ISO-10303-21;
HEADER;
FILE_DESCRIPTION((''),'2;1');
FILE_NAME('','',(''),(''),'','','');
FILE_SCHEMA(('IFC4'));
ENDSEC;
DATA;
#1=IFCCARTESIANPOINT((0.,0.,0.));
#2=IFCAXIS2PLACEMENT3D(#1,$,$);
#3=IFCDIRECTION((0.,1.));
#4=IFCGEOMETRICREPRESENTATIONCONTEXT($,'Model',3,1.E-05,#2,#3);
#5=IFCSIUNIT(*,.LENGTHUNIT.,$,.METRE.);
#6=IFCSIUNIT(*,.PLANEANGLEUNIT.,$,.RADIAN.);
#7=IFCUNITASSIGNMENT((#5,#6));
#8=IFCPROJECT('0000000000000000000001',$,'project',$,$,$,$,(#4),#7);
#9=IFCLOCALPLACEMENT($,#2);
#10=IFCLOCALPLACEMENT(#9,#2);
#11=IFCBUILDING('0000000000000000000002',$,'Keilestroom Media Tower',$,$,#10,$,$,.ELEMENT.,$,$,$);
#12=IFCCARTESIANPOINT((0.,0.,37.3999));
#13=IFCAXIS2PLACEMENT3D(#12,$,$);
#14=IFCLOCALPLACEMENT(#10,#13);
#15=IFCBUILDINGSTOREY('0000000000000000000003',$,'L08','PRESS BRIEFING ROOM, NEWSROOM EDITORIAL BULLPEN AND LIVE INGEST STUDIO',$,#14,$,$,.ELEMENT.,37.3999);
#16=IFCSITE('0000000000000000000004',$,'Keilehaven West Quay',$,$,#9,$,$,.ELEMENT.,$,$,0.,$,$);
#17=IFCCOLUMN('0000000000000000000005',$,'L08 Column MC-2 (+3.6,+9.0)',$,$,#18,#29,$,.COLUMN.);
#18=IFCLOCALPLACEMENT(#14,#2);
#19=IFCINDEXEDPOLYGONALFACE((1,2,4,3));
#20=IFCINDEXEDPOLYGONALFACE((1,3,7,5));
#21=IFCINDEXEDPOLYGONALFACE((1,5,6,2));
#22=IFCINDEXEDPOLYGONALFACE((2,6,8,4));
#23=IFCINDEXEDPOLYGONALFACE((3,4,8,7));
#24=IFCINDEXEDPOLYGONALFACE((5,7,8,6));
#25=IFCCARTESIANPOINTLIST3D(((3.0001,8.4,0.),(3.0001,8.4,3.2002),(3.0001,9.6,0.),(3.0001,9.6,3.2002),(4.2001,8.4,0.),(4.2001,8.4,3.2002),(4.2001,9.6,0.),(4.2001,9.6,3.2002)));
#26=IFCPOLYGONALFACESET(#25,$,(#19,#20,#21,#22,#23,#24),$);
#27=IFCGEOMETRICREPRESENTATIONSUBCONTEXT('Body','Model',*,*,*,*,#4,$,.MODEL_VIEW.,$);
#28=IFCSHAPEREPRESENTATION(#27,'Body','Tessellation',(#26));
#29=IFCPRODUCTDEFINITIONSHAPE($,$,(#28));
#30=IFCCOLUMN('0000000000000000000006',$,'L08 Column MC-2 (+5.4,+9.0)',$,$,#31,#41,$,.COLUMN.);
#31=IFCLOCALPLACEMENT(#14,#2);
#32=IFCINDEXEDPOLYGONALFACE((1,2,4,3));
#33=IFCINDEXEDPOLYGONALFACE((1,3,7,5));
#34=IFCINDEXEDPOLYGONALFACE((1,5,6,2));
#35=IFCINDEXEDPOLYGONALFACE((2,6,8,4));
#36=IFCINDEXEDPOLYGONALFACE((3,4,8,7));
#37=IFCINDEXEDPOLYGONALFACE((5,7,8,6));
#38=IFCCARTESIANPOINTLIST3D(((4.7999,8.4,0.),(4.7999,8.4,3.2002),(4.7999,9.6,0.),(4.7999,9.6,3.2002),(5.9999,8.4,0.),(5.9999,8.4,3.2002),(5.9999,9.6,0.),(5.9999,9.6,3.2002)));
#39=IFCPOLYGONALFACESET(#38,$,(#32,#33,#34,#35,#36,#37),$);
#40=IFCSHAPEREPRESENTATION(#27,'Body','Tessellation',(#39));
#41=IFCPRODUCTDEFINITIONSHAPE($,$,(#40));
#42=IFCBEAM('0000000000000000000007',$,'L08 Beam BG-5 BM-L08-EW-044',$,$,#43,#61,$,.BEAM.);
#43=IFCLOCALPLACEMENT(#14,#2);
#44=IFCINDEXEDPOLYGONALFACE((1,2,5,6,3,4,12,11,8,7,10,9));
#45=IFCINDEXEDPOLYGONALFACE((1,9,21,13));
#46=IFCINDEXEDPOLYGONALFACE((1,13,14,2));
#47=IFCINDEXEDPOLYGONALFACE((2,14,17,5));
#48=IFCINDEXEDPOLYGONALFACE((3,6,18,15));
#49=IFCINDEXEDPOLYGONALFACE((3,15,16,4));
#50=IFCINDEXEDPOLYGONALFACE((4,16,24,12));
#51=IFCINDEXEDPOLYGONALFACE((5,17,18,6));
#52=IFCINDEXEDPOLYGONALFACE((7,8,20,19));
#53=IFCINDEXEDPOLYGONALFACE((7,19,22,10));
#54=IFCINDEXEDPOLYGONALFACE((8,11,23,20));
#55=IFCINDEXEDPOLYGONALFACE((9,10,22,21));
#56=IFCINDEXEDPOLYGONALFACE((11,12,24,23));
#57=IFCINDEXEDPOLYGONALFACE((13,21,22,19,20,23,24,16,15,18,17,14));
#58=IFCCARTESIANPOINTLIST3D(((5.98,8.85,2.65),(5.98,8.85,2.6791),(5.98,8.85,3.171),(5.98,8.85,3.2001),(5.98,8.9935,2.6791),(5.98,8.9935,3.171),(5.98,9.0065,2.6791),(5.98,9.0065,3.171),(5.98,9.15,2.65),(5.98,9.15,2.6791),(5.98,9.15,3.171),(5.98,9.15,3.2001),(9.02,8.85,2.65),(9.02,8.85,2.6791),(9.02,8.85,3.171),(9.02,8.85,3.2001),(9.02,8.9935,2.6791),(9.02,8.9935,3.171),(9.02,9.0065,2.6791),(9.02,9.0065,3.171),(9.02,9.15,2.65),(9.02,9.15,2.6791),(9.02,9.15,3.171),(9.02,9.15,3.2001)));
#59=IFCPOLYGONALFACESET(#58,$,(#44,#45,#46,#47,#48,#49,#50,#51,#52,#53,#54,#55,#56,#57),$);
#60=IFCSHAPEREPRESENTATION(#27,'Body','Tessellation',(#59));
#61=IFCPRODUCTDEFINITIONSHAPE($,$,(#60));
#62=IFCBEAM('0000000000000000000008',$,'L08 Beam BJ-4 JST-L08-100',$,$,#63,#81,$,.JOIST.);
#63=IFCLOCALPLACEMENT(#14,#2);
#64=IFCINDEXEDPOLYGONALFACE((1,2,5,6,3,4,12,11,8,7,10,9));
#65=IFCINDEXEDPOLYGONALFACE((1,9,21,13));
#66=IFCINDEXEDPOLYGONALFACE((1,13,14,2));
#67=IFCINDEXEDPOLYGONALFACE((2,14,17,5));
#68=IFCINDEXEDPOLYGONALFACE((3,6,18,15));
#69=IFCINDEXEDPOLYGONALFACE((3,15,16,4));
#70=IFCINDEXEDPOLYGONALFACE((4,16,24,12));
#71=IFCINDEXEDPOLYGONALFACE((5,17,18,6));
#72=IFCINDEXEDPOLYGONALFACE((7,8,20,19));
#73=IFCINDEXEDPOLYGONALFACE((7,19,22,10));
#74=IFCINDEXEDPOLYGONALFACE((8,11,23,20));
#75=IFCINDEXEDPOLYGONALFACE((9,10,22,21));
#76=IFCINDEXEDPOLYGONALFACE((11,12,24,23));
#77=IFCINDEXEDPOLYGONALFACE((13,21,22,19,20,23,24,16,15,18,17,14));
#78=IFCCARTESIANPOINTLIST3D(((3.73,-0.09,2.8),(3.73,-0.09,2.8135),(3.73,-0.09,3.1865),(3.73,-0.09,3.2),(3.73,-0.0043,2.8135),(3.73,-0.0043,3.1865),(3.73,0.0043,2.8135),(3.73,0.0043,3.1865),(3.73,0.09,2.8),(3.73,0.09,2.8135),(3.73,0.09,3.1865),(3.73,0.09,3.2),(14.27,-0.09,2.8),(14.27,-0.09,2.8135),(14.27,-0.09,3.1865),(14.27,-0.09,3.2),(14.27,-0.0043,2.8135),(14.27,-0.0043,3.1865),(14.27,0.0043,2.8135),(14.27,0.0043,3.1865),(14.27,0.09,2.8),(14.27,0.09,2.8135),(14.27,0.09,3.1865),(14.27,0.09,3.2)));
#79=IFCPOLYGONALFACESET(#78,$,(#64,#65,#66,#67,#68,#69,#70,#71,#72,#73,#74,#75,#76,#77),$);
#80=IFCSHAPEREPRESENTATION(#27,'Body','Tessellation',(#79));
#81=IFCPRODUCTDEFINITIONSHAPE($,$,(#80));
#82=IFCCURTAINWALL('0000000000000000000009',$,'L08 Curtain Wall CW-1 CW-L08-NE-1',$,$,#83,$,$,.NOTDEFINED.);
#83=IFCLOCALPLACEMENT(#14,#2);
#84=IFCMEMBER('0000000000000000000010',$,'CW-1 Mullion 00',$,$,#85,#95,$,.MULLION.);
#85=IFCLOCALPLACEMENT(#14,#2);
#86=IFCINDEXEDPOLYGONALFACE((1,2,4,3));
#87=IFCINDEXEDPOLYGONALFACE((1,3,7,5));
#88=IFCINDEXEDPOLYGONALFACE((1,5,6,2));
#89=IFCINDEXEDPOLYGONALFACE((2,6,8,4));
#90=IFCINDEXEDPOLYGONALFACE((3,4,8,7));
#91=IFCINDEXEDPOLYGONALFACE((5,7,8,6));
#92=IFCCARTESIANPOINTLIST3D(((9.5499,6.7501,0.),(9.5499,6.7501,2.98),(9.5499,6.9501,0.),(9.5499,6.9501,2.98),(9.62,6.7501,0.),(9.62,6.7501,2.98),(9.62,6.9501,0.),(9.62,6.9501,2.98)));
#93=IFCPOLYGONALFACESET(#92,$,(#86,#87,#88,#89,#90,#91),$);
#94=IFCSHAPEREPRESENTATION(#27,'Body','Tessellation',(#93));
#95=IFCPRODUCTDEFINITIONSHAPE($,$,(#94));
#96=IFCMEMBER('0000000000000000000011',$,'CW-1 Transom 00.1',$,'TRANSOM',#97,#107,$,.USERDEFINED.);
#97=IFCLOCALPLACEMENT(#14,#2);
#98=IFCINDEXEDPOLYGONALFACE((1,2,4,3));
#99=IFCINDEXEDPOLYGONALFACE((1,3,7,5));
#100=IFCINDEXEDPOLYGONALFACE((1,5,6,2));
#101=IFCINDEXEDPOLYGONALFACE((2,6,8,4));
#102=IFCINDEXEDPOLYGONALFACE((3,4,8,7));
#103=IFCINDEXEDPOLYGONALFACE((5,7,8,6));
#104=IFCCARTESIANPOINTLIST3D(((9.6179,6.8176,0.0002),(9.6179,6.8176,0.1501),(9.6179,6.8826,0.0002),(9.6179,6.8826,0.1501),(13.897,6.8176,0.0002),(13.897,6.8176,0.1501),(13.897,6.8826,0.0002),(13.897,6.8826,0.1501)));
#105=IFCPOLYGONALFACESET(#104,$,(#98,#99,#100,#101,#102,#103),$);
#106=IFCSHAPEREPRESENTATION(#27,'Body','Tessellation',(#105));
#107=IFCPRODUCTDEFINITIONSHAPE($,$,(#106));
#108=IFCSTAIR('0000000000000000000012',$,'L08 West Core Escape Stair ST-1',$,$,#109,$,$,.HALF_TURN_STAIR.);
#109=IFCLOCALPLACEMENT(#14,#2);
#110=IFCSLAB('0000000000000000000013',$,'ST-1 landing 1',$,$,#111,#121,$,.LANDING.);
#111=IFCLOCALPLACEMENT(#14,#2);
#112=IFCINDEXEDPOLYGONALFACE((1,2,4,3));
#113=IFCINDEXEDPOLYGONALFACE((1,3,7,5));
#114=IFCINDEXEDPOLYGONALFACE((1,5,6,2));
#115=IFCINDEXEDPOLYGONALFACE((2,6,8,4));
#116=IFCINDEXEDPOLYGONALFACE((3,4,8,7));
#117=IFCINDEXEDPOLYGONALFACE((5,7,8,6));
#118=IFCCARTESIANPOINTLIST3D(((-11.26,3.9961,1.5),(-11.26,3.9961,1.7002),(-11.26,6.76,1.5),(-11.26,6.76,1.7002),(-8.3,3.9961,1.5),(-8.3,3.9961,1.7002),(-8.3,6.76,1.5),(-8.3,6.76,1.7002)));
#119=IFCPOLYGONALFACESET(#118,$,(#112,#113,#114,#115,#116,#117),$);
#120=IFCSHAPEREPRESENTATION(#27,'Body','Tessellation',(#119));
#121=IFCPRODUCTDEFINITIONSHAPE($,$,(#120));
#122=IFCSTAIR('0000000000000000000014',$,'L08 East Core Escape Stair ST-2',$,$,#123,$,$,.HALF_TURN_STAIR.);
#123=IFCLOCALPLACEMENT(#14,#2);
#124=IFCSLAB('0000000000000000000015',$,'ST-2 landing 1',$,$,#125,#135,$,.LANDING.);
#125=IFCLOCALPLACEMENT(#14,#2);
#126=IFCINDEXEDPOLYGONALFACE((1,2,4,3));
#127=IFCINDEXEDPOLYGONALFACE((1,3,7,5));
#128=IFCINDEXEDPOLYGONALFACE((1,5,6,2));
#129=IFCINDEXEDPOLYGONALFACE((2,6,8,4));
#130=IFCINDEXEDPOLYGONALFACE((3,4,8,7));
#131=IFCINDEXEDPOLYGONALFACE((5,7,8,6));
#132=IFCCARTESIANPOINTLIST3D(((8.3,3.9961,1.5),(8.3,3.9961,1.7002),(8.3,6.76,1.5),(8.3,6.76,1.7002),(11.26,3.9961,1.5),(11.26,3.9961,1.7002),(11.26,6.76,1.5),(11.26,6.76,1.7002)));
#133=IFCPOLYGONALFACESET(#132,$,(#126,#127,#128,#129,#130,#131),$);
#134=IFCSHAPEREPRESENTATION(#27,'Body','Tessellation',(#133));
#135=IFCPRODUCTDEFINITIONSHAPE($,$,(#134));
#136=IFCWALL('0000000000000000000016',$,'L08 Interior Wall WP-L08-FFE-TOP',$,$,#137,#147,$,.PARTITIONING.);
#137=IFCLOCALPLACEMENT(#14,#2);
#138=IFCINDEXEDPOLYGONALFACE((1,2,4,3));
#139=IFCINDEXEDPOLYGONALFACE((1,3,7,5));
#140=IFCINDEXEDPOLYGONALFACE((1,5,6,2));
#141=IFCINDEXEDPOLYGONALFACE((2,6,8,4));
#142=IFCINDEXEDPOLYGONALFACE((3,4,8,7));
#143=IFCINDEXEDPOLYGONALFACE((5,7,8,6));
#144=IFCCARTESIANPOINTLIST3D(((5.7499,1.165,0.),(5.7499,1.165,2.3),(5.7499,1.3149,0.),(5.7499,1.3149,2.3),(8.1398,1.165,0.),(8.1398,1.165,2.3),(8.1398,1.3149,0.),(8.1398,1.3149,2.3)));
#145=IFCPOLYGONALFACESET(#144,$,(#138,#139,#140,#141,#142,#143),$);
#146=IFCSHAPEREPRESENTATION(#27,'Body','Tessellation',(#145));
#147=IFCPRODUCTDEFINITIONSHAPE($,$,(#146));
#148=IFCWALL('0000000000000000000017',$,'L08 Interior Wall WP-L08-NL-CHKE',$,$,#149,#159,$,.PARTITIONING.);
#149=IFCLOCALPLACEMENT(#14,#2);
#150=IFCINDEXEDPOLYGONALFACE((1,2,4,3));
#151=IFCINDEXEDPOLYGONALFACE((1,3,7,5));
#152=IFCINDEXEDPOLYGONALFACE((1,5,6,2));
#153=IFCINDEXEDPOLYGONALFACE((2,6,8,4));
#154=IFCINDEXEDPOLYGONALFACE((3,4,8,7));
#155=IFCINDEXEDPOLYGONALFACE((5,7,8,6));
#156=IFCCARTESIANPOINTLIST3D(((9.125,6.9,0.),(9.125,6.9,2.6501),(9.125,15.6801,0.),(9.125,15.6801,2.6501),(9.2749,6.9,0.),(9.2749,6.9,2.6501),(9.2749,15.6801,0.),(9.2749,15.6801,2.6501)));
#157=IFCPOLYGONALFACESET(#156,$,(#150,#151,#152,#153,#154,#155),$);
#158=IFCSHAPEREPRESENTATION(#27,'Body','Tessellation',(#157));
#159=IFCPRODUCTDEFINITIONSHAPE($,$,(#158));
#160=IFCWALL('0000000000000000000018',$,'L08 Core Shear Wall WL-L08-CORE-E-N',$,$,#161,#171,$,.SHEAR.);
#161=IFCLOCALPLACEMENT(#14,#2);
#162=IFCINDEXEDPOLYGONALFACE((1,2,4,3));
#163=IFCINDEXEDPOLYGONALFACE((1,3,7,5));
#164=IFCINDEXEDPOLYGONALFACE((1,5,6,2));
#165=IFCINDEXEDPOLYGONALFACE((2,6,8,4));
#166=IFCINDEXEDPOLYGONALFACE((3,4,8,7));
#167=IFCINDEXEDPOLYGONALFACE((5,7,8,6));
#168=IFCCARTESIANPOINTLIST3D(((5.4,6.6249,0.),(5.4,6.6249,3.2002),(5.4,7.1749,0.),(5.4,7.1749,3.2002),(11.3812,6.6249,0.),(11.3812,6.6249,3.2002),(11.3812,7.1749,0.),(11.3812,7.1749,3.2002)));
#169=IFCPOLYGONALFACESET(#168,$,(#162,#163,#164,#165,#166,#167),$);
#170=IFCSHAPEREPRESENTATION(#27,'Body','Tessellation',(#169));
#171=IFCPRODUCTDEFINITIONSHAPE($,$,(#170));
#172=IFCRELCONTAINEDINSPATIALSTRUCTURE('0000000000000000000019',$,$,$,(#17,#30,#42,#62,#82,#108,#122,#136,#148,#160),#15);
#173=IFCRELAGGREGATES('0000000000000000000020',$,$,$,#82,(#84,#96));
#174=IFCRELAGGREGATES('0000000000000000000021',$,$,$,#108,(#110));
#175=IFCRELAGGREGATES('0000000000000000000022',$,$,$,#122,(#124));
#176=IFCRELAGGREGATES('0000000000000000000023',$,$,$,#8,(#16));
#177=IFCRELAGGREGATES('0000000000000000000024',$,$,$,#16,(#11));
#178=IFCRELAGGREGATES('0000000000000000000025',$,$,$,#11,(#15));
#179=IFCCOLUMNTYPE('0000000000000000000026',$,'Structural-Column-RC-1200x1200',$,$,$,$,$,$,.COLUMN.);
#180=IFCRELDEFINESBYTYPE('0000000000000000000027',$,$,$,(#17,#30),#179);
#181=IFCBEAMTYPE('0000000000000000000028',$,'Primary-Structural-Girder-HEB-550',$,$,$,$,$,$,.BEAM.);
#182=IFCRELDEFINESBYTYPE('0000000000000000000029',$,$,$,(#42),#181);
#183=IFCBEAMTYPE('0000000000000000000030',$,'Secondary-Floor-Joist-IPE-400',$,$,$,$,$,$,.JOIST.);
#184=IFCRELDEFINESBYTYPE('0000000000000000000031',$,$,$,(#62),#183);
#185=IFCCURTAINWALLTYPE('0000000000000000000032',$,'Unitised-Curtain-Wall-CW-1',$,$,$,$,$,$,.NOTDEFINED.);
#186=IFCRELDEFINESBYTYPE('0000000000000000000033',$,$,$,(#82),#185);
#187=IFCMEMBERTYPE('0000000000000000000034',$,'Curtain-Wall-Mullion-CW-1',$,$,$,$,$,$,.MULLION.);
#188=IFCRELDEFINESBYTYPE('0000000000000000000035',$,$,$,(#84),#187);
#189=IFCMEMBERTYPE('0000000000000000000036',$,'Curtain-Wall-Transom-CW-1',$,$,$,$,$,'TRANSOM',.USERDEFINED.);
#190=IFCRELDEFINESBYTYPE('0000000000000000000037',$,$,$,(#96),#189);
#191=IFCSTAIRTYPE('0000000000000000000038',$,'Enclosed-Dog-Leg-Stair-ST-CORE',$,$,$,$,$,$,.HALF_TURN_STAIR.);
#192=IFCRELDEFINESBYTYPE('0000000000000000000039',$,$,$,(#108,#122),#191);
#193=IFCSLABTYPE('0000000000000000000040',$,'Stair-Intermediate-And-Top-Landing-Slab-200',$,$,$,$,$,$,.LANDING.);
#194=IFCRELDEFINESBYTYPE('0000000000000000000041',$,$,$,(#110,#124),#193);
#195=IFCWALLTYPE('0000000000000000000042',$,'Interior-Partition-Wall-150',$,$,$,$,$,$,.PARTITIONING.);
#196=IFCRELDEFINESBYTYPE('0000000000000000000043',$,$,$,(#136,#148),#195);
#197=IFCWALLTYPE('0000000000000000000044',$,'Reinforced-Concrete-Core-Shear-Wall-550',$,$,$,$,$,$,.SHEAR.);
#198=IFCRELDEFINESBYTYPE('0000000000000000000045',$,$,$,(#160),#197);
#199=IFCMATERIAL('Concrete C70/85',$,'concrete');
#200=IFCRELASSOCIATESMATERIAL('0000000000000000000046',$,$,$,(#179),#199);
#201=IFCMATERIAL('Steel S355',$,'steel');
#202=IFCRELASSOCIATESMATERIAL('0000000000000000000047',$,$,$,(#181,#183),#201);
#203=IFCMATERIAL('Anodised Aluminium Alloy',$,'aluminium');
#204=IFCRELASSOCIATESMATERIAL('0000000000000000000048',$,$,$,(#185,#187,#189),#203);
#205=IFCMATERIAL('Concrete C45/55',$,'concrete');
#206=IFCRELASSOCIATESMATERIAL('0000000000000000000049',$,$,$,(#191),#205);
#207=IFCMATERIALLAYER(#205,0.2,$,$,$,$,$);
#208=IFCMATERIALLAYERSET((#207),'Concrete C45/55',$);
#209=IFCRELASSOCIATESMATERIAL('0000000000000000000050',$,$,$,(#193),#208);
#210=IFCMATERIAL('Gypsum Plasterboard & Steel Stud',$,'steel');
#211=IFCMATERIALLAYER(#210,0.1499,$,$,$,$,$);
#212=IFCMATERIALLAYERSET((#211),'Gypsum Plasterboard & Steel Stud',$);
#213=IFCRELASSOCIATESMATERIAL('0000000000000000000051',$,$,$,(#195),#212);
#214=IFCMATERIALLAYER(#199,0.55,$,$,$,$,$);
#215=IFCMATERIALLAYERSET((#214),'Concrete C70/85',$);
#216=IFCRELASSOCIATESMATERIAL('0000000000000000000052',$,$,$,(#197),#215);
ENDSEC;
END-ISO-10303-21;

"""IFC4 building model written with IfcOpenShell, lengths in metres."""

from ifc_helpers import new_model, si_unit, direction, frame, frame_2d, origin, origin_2d, place, context, subcontext, project, spatial, polyline, rectangle, i_section, outline, extrude, source, transform, mapped, material, layer, layer_set, material_profile, profile_set, type_object, element, aggregate, save


model = new_model("IFC4")

# Units and contexts
model_context = context("Model", 3, precision=1e-05, world=origin(), true_north=direction((0.0, 1.0)))
body_context = subcontext(model_context, "Body", "Model", "MODEL_VIEW")
ifc_project = project(units=[si_unit("LENGTHUNIT", "METRE"), si_unit("PLANEANGLEUNIT", "RADIAN")], contexts=[model_context])

# Site, building, storey
site_placement = place(None, origin())
site = spatial("IfcSite", under=ifc_project, at=site_placement, Name="Keilehaven West Quay", CompositionType="ELEMENT", RefElevation=0.0)
building_placement = place(site_placement, origin())
building = spatial("IfcBuilding", under=site, at=building_placement, Name="Keilestroom Media Tower", CompositionType="ELEMENT")
storey_placement = place(building_placement, frame((0.0, 0.0, 37.3999)))
storey = spatial("IfcBuildingStorey", under=building, at=storey_placement, Name="L08", Description="PRESS BRIEFING ROOM, NEWSROOM EDITORIAL BULLPEN AND LIVE INGEST STUDIO", CompositionType="ELEMENT", Elevation=37.3999)

# Columns
ifc_material_1 = material(Name="Concrete C70/85", Category="concrete")
ifc_material_profile_1 = material_profile(ifc_material_1, rectangle(XDim=1.2, YDim=1.2, at=origin_2d()), Name="RC 1200x1200")
ifc_profile_set_1 = profile_set([ifc_material_profile_1], Name="Concrete C70/85")
column_type = type_object("IfcColumnType", Name="Structural-Column-RC-1200x1200", PredefinedType="COLUMN", material=ifc_profile_set_1)
shared_shape_1 = source(origin(), body_context, "Body", "SweptSolid", [
    extrude(rectangle(XDim=1.2, YDim=1.2, at=origin_2d()), origin(), (0.0, 0.0, 1.0), 3.2002),
])
for number, where, z_axis, x_axis, name in (
    (1, (3.6001, 9.0, 0.0), (0.0, 0.0, 1.0), (1.0, 0.0, 0.0), "L08 Column MC-2 (+3.6,+9.0)"),
    (2, (5.3999, 9.0, 0.0), (0.0, 0.0, 1.0), (1.0, 0.0, 0.0), "L08 Column MC-2 (+5.4,+9.0)"),
):
    element("IfcColumn", number, at=place(storey_placement, frame(where, z_axis=z_axis, x_axis=x_axis)), inside=storey, type_object=column_type, Name=name, PredefinedType="COLUMN", context=body_context, shape_type="MappedRepresentation", body=[
        mapped(shared_shape_1, transform((0.0, 0.0, 0.0), x_axis=(1.0, 0.0, 0.0), y_axis=(0.0, 1.0, 0.0), z_axis=(0.0, 0.0, 1.0), scale=1.0)),
    ])

# Beams
ifc_material_2 = material(Name="Steel S355", Category="steel")
ifc_material_profile_2 = material_profile(ifc_material_2, i_section(OverallWidth=0.3, OverallDepth=0.55, WebThickness=0.0129, FlangeThickness=0.0291, at=origin_2d()), Name="HEB 550")
ifc_profile_set_2 = profile_set([ifc_material_profile_2], Name="Steel S355")
beam_type_1 = type_object("IfcBeamType", Name="Primary-Structural-Girder-HEB-550", PredefinedType="BEAM", material=ifc_profile_set_2)
shared_shape_2 = source(origin(), body_context, "Body", "SweptSolid", [
    extrude(i_section(OverallWidth=0.3, OverallDepth=0.55, WebThickness=0.0129, FlangeThickness=0.0291, at=origin_2d()), origin(), (0.0, 0.0, 1.0), 3.04),
])
beam_1_placement = place(storey_placement, frame((5.98, 9.0, 2.925), z_axis=(1.0, 0.0, 0.0), x_axis=(0.0, 1.0, 0.0)))
element("IfcBeam", 3, at=beam_1_placement, inside=storey, type_object=beam_type_1, Name="L08 Beam BG-5 BM-L08-EW-044", PredefinedType="BEAM", context=body_context, shape_type="MappedRepresentation", body=[
    mapped(shared_shape_2, transform((0.0, 0.0, 0.0), x_axis=(1.0, 0.0, 0.0), y_axis=(0.0, 1.0, 0.0), z_axis=(0.0, 0.0, 1.0), scale=1.0)),
])
ifc_material_profile_3 = material_profile(ifc_material_2, i_section(OverallWidth=0.1799, OverallDepth=0.3999, WebThickness=0.0085, FlangeThickness=0.0134, at=origin_2d()), Name="IPE 400")
ifc_profile_set_3 = profile_set([ifc_material_profile_3], Name="Steel S355")
beam_type_2 = type_object("IfcBeamType", Name="Secondary-Floor-Joist-IPE-400", PredefinedType="JOIST", material=ifc_profile_set_3)
shared_shape_3 = source(origin(), body_context, "Body", "SweptSolid", [
    extrude(i_section(OverallWidth=0.1799, OverallDepth=0.3999, WebThickness=0.0085, FlangeThickness=0.0134, at=origin_2d()), origin(), (0.0, 0.0, 1.0), 10.54),
])
beam_2_placement = place(storey_placement, frame((3.73, 0.0, 3.0), z_axis=(1.0, 0.0, 0.0), x_axis=(0.0, 1.0, 0.0)))
element("IfcBeam", 4, at=beam_2_placement, inside=storey, type_object=beam_type_2, Name="L08 Beam BJ-4 JST-L08-100", PredefinedType="JOIST", context=body_context, shape_type="MappedRepresentation", body=[
    mapped(shared_shape_3, transform((0.0, 0.0, 0.0), x_axis=(1.0, 0.0, 0.0), y_axis=(0.0, 1.0, 0.0), z_axis=(0.0, 0.0, 1.0), scale=1.0)),
])

# Curtain wall, members
ifc_material_3 = material(Name="Anodised Aluminium Alloy", Category="aluminium")
curtain_wall_type = type_object("IfcCurtainWallType", Name="Unitised-Curtain-Wall-CW-1", PredefinedType="NOTDEFINED", material=ifc_material_3)
curtain_wall_placement = place(storey_placement, origin())
curtain_wall = element("IfcCurtainWall", 5, at=curtain_wall_placement, inside=storey, type_object=curtain_wall_type, Name="L08 Curtain Wall CW-1 CW-L08-NE-1", PredefinedType="NOTDEFINED")
ifc_material_profile_4 = material_profile(ifc_material_3, rectangle(XDim=0.0701, YDim=0.2, at=origin_2d()), Name="ALU MULLION 70x200")
ifc_profile_set_4 = profile_set([ifc_material_profile_4], Name="Anodised Aluminium Alloy")
member_type_1 = type_object("IfcMemberType", Name="Curtain-Wall-Mullion-CW-1", PredefinedType="MULLION", material=ifc_profile_set_4)
shared_shape_4 = source(origin(), body_context, "Body", "SweptSolid", [
    extrude(rectangle(XDim=0.0701, YDim=0.2, at=origin_2d()), origin(), (0.0, 0.0, 1.0), 2.98),
])
member_1_placement = place(storey_placement, frame((9.585, 6.8501, 0.0), z_axis=(0.0, 0.0, 1.0), x_axis=(1.0, 0.0, 0.0)))
member_1 = element("IfcMember", 6, at=member_1_placement, type_object=member_type_1, Name="CW-1 Mullion 00", PredefinedType="MULLION", context=body_context, shape_type="MappedRepresentation", body=[
    mapped(shared_shape_4, transform((0.0, 0.0, 0.0), x_axis=(1.0, 0.0, 0.0), y_axis=(0.0, 1.0, 0.0), z_axis=(0.0, 0.0, 1.0), scale=1.0)),
])
ifc_material_profile_5 = material_profile(ifc_material_3, rectangle(XDim=0.0649, YDim=0.1499, at=origin_2d()), Name="ALU TRANSOM 65x150")
ifc_profile_set_5 = profile_set([ifc_material_profile_5], Name="Anodised Aluminium Alloy")
member_type_2 = type_object("IfcMemberType", Name="Curtain-Wall-Transom-CW-1", ElementType="TRANSOM", PredefinedType="USERDEFINED", material=ifc_profile_set_5)
shared_shape_5 = source(origin(), body_context, "Body", "SweptSolid", [
    extrude(rectangle(XDim=0.0649, YDim=0.1499, at=origin_2d()), origin(), (0.0, 0.0, 1.0), 4.2791),
])
member_2_placement = place(storey_placement, frame((9.6179, 6.8501, 0.0752), z_axis=(1.0, 0.0, 0.0), x_axis=(0.0, 1.0, 0.0)))
member_2 = element("IfcMember", 7, at=member_2_placement, type_object=member_type_2, Name="CW-1 Transom 00.1", ObjectType="TRANSOM", PredefinedType="USERDEFINED", context=body_context, shape_type="MappedRepresentation", body=[
    mapped(shared_shape_5, transform((0.0, 0.0, 0.0), x_axis=(1.0, 0.0, 0.0), y_axis=(0.0, 1.0, 0.0), z_axis=(0.0, 0.0, 1.0), scale=1.0)),
])
aggregate(curtain_wall, [member_1, member_2])

# Stairs, slabs
ifc_material_4 = material(Name="Concrete C45/55", Category="concrete")
stair_type = type_object("IfcStairType", Name="Enclosed-Dog-Leg-Stair-ST-CORE", PredefinedType="HALF_TURN_STAIR", material=ifc_material_4)
stair_1_placement = place(storey_placement, origin())
stair_1 = element("IfcStair", 8, at=stair_1_placement, inside=storey, type_object=stair_type, Name="L08 West Core Escape Stair ST-1", PredefinedType="HALF_TURN_STAIR")
ifc_layer_1 = layer(ifc_material_4, 0.2)
ifc_layer_set_1 = layer_set([ifc_layer_1], Name="Concrete C45/55")
slab_type = type_object("IfcSlabType", Name="Stair-Intermediate-And-Top-Landing-Slab-200", PredefinedType="LANDING", material=ifc_layer_set_1)
slab_1_placement = place(storey_placement, frame((0.0, 0.0, 1.5)))
slab_1 = element("IfcSlab", 9, at=slab_1_placement, type_object=slab_type, Name="ST-1 landing 1", PredefinedType="LANDING", context=body_context, shape_type="SweptSolid", body=[
    extrude(outline(polyline([(-8.3, 3.9961), (-8.3, 6.76), (-11.26, 6.76), (-11.26, 3.9961), (-8.3, 3.9961)])), origin(), (0.0, 0.0, 1.0), 0.2002),
])
aggregate(stair_1, [slab_1])
stair_2_placement = place(storey_placement, origin())
stair_2 = element("IfcStair", 10, at=stair_2_placement, inside=storey, type_object=stair_type, Name="L08 East Core Escape Stair ST-2", PredefinedType="HALF_TURN_STAIR")
slab_2_placement = place(storey_placement, frame((0.0, 0.0, 1.5)))
slab_2 = element("IfcSlab", 11, at=slab_2_placement, type_object=slab_type, Name="ST-2 landing 1", PredefinedType="LANDING", context=body_context, shape_type="SweptSolid", body=[
    extrude(outline(polyline([(11.26, 3.9961), (11.26, 6.76), (8.3, 6.76), (8.3, 3.9961), (11.26, 3.9961)])), origin(), (0.0, 0.0, 1.0), 0.2002),
])

# Walls
ifc_material_5 = material(Name="Gypsum Plasterboard & Steel Stud", Category="steel")
ifc_layer_2 = layer(ifc_material_5, 0.1499)
ifc_layer_set_2 = layer_set([ifc_layer_2], Name="Gypsum Plasterboard & Steel Stud")
wall_type_1 = type_object("IfcWallType", Name="Interior-Partition-Wall-150", PredefinedType="PARTITIONING", material=ifc_layer_set_2)
wall_1_placement = place(storey_placement, frame((5.75, 1.24, 0.0), z_axis=(0.0, 0.0, 1.0), x_axis=(1.0, 0.0, 0.0)))
element("IfcWall", 12, at=wall_1_placement, inside=storey, type_object=wall_type_1, Name="L08 Interior Wall WP-L08-FFE-TOP", PredefinedType="PARTITIONING", context=body_context, shape_type="SweptSolid", body=[
    extrude(rectangle(XDim=2.3899, YDim=0.1499, at=frame_2d((1.1948, 0.0))), origin(), (0.0, 0.0, 1.0), 2.3),
])
wall_2_placement = place(storey_placement, frame((9.2, 6.8999, 0.0), z_axis=(0.0, 0.0, 1.0), x_axis=(0.0, 1.0, 0.0)))
element("IfcWall", 13, at=wall_2_placement, inside=storey, type_object=wall_type_1, Name="L08 Interior Wall WP-L08-NL-CHKE", PredefinedType="PARTITIONING", context=body_context, shape_type="SweptSolid", body=[
    extrude(rectangle(XDim=8.78, YDim=0.1499, at=frame_2d((4.3901, 0.0))), origin(), (0.0, 0.0, 1.0), 2.6501),
])
ifc_layer_3 = layer(ifc_material_1, 0.55)
ifc_layer_set_3 = layer_set([ifc_layer_3], Name="Concrete C70/85")
wall_type_2 = type_object("IfcWallType", Name="Reinforced-Concrete-Core-Shear-Wall-550", PredefinedType="SHEAR", material=ifc_layer_set_3)
wall_3_placement = place(storey_placement, frame((5.3999, 6.8999, 0.0), z_axis=(0.0, 0.0, 1.0), x_axis=(1.0, 0.0, 0.0)))
element("IfcWall", 14, at=wall_3_placement, inside=storey, type_object=wall_type_2, Name="L08 Core Shear Wall WL-L08-CORE-E-N", PredefinedType="SHEAR", context=body_context, shape_type="SweptSolid", body=[
    extrude(rectangle(XDim=5.9812, YDim=0.55, at=frame_2d((2.9907, 0.0))), origin(), (0.0, 0.0, 1.0), 3.2002),
])

aggregate(stair_2, [slab_2])

save(model, "model.ifc")
